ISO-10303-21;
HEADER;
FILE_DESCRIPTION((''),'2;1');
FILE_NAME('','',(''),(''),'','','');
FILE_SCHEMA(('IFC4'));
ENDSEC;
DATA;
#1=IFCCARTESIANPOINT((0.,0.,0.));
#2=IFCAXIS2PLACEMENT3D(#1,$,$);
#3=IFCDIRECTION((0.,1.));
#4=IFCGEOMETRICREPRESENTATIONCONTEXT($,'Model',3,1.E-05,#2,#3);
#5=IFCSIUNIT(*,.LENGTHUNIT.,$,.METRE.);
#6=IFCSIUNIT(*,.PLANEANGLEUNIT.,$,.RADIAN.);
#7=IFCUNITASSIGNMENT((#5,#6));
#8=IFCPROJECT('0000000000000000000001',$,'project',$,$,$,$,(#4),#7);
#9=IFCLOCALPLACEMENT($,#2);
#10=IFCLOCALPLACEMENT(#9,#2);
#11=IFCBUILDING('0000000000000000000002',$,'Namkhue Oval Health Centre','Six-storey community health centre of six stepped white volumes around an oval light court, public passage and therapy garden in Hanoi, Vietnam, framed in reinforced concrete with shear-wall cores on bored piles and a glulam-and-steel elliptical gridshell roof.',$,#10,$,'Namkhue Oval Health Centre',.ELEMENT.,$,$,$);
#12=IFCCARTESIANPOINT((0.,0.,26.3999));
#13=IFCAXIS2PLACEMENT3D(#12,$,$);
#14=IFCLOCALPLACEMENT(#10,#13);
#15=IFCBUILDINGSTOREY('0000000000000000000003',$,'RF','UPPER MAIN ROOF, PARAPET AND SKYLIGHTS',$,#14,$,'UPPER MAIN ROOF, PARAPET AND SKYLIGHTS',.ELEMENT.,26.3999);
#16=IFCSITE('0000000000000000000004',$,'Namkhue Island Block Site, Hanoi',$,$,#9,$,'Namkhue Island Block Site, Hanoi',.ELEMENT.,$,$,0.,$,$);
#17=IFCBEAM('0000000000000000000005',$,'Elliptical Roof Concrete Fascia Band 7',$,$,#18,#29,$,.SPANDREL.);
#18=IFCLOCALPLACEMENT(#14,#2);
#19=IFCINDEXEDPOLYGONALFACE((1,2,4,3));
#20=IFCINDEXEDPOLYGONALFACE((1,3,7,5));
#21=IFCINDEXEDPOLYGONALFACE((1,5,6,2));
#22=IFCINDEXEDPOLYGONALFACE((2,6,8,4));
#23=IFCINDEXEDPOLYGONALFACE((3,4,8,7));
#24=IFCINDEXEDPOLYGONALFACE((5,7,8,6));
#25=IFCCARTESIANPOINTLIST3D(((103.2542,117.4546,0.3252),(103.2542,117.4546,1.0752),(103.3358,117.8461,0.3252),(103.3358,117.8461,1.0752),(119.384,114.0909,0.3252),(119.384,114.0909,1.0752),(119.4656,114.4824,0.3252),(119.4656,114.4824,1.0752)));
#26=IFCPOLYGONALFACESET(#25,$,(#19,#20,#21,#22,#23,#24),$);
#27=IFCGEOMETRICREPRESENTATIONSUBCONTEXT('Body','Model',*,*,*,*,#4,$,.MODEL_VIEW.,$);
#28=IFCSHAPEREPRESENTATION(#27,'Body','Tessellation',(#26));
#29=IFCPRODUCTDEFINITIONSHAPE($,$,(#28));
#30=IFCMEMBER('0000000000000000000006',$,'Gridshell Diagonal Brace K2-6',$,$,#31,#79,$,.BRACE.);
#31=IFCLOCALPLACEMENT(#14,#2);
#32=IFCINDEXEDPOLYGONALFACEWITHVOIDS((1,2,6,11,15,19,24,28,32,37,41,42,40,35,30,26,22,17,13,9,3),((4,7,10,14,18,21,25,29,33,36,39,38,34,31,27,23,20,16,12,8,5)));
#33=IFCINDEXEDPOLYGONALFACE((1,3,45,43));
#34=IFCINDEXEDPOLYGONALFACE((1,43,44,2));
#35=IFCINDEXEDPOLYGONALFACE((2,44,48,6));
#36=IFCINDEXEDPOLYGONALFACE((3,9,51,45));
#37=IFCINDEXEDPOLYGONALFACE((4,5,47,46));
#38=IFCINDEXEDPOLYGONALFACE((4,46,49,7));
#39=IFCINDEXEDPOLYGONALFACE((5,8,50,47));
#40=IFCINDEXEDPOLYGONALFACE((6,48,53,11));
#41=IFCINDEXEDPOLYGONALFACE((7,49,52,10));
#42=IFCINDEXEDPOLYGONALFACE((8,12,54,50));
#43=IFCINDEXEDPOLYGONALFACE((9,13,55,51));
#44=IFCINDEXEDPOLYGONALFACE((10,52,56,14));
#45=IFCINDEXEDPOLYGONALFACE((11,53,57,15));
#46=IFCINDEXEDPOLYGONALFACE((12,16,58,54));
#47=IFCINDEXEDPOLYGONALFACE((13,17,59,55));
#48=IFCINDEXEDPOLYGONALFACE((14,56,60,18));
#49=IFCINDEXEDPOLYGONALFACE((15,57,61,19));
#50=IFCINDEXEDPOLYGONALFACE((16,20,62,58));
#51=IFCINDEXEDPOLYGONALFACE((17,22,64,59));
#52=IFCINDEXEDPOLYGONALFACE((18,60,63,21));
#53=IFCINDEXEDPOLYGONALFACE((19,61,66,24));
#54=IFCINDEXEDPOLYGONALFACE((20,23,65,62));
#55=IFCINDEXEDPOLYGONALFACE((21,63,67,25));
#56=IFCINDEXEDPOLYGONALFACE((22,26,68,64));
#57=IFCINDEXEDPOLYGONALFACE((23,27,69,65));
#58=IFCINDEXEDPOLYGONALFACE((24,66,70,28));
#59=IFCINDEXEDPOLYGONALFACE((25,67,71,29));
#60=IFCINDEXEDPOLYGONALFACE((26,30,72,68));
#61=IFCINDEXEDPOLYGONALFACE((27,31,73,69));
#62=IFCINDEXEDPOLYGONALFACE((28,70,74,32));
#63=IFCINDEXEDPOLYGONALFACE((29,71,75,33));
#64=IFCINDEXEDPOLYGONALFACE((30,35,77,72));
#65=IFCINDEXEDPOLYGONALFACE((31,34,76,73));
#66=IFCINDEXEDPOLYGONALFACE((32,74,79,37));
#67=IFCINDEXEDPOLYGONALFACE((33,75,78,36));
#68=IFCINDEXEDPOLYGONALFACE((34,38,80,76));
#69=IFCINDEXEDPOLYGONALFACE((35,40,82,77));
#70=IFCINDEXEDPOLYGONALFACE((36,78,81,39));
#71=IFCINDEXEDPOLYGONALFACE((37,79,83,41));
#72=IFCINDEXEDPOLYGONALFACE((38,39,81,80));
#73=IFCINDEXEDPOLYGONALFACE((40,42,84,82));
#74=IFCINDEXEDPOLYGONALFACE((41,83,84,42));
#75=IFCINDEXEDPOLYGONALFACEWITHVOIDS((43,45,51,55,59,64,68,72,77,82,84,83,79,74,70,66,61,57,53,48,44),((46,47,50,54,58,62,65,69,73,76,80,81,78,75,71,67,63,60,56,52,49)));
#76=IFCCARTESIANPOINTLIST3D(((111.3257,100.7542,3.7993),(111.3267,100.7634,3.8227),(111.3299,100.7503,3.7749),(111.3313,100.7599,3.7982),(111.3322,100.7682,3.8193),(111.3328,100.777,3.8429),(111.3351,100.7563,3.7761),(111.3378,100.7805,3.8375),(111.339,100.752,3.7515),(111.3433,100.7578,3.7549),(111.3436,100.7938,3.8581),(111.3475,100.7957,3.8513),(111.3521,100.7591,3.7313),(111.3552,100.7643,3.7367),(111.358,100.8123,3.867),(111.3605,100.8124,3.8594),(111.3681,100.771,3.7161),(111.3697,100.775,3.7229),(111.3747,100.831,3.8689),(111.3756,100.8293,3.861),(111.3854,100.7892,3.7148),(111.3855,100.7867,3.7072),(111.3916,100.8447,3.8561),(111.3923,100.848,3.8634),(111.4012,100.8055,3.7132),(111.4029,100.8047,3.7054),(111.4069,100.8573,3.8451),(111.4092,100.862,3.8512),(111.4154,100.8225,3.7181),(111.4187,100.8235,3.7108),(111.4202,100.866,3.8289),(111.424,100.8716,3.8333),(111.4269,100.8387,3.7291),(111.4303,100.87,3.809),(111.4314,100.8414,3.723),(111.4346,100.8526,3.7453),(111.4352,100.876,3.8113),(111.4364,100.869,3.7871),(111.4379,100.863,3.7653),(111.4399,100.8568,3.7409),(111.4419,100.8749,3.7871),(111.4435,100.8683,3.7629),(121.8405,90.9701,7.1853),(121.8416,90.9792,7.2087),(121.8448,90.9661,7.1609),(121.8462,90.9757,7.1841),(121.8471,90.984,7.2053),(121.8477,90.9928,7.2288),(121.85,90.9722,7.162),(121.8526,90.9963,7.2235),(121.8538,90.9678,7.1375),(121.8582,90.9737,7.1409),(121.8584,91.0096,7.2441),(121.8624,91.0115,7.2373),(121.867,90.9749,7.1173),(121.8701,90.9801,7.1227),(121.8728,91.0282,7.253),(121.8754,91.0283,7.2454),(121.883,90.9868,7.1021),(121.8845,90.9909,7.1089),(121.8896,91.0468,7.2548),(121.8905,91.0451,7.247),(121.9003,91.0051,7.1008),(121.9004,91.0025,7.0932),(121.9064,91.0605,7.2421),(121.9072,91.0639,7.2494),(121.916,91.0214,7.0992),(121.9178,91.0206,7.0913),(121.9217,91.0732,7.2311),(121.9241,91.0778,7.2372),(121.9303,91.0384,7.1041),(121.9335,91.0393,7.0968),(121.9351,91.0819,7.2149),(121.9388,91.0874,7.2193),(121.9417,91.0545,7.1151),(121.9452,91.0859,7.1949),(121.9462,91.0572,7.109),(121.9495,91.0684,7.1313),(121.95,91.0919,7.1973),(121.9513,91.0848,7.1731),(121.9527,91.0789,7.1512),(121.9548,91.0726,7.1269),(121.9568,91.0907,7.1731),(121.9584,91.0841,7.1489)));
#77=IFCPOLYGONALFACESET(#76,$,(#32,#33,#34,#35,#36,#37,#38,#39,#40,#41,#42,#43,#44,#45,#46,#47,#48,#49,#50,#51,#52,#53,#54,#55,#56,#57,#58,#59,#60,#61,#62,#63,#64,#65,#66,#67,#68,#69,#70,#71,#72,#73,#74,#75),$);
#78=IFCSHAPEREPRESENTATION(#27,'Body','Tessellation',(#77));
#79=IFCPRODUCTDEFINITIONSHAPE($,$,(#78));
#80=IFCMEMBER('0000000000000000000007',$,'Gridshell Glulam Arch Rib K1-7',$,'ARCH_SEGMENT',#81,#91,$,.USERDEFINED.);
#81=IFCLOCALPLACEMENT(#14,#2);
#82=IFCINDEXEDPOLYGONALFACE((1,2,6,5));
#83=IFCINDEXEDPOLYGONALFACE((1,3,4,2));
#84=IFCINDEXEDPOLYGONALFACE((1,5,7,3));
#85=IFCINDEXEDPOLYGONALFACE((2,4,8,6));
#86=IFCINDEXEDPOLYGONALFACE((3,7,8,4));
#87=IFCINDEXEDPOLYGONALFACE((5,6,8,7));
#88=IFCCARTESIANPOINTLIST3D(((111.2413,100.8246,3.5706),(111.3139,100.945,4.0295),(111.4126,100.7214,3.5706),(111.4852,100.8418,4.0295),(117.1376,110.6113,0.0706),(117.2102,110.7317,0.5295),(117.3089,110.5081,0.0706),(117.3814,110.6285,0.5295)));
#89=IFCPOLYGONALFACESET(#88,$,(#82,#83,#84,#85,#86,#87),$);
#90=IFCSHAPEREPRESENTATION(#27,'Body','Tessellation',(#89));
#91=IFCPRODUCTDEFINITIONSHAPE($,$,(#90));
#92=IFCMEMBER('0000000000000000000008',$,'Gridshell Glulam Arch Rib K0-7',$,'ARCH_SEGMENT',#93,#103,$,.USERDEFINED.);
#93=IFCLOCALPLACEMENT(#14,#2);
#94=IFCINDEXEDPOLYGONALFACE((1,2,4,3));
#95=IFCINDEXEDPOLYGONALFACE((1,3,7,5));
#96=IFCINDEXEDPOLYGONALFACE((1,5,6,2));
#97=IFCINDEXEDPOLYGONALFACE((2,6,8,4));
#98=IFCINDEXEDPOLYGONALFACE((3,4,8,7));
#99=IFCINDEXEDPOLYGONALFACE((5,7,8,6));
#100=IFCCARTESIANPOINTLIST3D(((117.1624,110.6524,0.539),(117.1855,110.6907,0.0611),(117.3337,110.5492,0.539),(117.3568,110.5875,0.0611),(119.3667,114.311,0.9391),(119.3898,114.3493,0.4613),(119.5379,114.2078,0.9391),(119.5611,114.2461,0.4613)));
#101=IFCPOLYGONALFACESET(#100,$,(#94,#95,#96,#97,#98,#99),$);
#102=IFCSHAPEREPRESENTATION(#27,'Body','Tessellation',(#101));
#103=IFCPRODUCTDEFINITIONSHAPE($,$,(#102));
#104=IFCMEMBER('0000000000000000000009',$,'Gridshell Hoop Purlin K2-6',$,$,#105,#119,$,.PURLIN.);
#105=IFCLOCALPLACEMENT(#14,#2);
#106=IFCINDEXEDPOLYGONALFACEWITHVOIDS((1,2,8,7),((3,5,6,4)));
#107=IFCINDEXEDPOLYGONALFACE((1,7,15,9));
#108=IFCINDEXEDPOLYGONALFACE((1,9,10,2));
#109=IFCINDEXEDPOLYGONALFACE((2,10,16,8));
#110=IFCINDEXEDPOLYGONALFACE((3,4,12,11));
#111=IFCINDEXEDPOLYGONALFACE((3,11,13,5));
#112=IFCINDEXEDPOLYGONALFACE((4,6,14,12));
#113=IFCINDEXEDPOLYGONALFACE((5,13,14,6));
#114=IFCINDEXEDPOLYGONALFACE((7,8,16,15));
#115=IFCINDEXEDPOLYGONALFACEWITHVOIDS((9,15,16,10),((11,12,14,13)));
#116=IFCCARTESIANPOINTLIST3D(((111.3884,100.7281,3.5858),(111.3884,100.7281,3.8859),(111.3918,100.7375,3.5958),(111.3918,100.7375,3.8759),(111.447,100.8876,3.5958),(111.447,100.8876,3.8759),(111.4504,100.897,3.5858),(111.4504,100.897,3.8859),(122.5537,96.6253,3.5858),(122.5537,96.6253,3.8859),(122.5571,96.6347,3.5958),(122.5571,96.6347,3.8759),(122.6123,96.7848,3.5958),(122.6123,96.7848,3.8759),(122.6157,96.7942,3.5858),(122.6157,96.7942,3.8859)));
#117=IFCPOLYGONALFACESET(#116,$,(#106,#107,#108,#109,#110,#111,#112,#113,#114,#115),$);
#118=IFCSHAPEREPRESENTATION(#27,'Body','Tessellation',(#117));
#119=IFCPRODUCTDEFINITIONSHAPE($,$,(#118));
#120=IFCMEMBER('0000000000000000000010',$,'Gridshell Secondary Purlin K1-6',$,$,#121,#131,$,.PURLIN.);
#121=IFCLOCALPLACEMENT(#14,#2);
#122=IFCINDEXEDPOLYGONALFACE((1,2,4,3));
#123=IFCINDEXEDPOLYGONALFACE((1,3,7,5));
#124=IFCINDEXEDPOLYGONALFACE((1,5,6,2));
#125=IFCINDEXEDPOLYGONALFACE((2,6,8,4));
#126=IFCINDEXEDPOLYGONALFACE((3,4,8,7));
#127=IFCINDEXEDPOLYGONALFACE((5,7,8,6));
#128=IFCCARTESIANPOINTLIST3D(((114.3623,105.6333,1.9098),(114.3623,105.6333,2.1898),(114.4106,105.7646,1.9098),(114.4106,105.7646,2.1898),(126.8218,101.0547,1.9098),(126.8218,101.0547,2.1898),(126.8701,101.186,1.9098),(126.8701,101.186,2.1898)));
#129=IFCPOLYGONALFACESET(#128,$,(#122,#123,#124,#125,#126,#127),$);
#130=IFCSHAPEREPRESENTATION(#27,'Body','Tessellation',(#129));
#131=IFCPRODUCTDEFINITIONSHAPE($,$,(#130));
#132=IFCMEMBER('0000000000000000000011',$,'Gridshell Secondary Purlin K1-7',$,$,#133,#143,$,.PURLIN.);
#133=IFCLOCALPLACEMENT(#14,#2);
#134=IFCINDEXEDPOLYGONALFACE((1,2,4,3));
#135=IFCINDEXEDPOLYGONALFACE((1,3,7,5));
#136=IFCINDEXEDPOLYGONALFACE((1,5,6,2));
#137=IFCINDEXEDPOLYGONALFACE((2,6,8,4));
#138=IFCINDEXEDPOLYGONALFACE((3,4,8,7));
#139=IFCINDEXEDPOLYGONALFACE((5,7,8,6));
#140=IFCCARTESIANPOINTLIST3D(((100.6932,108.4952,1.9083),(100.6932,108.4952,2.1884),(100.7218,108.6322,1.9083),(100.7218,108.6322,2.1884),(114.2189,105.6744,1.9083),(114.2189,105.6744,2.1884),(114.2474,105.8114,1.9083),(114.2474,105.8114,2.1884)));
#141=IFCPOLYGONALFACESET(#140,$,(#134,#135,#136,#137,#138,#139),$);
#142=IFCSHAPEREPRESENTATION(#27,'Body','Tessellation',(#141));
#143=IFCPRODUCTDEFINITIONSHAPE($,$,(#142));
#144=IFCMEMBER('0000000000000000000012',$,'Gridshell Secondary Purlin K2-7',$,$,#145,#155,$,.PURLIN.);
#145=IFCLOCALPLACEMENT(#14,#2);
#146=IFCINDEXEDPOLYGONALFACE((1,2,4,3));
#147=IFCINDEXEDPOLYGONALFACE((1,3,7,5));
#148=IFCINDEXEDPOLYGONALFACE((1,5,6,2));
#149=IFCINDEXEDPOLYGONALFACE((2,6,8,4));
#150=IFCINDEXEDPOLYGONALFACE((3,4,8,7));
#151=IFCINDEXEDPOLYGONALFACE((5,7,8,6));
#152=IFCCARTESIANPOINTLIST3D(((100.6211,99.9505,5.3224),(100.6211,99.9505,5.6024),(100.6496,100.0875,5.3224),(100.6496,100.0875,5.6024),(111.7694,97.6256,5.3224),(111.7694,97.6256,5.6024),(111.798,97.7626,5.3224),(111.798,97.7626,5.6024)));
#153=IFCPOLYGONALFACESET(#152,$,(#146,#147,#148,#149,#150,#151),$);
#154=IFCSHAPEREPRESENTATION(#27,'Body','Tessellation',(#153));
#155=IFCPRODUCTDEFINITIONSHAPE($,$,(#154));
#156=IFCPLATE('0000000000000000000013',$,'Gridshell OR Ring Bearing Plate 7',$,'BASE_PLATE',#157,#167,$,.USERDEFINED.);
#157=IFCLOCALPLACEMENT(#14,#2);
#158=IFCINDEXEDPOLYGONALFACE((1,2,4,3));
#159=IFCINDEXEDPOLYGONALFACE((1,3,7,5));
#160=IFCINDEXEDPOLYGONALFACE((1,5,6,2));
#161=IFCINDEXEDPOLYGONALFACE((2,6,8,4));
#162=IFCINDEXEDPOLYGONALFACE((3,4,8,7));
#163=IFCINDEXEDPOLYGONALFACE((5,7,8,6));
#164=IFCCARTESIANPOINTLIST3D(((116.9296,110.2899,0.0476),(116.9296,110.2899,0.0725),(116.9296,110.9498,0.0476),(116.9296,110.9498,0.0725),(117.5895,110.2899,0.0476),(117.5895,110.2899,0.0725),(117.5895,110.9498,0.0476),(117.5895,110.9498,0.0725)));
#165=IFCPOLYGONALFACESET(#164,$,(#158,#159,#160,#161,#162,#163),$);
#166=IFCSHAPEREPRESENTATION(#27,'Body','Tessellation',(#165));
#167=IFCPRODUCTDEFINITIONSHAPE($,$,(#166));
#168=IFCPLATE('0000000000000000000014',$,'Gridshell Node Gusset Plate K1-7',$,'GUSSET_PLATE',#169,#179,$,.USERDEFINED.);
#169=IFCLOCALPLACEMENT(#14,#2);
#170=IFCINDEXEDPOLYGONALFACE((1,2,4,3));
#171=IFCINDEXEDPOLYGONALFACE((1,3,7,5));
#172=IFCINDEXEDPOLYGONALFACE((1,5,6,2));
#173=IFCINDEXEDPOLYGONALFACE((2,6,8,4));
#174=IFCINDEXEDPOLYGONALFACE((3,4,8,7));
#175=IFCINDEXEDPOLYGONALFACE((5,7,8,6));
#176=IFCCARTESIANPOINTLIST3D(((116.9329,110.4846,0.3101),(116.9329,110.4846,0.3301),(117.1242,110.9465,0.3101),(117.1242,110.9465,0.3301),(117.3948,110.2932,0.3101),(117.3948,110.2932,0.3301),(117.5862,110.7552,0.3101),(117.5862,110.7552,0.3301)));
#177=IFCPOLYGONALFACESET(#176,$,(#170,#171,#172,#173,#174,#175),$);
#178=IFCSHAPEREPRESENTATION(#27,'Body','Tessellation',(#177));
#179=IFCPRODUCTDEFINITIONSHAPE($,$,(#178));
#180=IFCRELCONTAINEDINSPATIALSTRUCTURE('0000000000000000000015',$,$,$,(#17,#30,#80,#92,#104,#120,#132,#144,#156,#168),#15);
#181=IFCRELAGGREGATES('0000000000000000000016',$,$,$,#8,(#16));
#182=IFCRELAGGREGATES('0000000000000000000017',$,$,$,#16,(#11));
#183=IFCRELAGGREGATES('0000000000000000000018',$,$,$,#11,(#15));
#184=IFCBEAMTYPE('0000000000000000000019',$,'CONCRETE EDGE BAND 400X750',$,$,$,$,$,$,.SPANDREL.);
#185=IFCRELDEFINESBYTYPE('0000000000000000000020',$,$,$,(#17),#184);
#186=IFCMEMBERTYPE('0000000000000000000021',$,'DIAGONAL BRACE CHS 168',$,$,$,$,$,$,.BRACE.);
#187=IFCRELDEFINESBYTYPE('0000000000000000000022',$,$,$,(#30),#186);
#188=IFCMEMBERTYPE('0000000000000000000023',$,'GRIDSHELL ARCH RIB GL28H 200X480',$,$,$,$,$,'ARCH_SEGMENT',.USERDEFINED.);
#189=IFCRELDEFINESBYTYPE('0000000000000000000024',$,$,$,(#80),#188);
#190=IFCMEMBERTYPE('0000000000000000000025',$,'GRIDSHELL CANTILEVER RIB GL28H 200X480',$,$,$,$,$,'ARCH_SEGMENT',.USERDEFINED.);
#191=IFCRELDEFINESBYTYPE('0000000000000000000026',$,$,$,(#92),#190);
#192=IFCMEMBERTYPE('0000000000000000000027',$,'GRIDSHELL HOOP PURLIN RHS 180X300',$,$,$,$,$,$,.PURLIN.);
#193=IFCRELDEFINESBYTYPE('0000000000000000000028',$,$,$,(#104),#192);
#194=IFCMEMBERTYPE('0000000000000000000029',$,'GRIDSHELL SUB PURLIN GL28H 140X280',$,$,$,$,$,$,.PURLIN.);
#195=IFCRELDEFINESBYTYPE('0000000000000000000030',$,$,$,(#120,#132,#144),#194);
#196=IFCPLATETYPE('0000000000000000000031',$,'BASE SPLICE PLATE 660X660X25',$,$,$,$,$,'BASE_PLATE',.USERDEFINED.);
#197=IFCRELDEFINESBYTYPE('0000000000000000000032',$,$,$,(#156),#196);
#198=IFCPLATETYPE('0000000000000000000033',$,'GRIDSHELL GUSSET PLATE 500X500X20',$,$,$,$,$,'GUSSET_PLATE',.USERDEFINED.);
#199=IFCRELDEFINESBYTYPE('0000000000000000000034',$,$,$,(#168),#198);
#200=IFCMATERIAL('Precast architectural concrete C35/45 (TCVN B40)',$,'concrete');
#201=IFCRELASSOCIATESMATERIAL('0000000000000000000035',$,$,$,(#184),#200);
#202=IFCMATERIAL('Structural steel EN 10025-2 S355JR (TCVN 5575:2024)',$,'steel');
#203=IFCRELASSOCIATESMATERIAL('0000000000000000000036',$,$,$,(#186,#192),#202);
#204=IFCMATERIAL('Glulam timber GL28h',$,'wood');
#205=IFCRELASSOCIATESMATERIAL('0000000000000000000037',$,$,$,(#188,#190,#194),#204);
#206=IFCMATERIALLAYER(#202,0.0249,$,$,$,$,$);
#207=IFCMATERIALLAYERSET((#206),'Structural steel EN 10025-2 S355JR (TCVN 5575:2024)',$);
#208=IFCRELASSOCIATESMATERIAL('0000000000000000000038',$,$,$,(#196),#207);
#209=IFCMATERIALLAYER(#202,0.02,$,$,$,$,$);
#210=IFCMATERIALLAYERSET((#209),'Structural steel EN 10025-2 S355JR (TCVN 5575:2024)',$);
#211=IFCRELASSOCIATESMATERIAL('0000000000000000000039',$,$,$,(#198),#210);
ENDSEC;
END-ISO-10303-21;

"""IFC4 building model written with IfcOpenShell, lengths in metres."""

from ifc_helpers import new_model, si_unit, direction, frame, origin, origin_2d, place, context, subcontext, project, spatial, rectangle, hollow_rectangle, hollow_circle, extrude, material, layer, layer_set, material_profile, profile_set, type_object, element, save


model = new_model("IFC4")

# Units and contexts
model_context = context("Model", 3, precision=1e-05, world=origin(), true_north=direction((0.0, 1.0)))
body_context = subcontext(model_context, "Body", "Model", "MODEL_VIEW")
ifc_project = project(units=[si_unit("LENGTHUNIT", "METRE"), si_unit("PLANEANGLEUNIT", "RADIAN")], contexts=[model_context])

# Site, building, storey
site_placement = place(None, origin())
site = spatial("IfcSite", under=ifc_project, at=site_placement, Name="Namkhue Island Block Site, Hanoi", LongName="Namkhue Island Block Site, Hanoi", CompositionType="ELEMENT", RefElevation=0.0)
building_placement = place(site_placement, origin())
building = spatial("IfcBuilding", under=site, at=building_placement, Name="Namkhue Oval Health Centre", Description="Six-storey community health centre of six stepped white volumes around an oval light court, public passage and therapy garden in Hanoi, Vietnam, framed in reinforced concrete with shear-wall cores on bored piles and a glulam-and-steel elliptical gridshell roof.", LongName="Namkhue Oval Health Centre", CompositionType="ELEMENT")
storey_placement = place(building_placement, frame((0.0, 0.0, 26.3999)))
storey = spatial("IfcBuildingStorey", under=building, at=storey_placement, Name="RF", Description="UPPER MAIN ROOF, PARAPET AND SKYLIGHTS", LongName="UPPER MAIN ROOF, PARAPET AND SKYLIGHTS", CompositionType="ELEMENT", Elevation=26.3999)

# Beam
ifc_material_1 = material(Name="Precast architectural concrete C35/45 (TCVN B40)", Category="concrete")
ifc_material_profile_1 = material_profile(ifc_material_1, rectangle(XDim=0.3999, YDim=0.75, at=origin_2d()), Name="RC 400x750")
ifc_profile_set_1 = profile_set([ifc_material_profile_1], Name="Precast architectural concrete C35/45 (TCVN B40)")
beam_type = type_object("IfcBeamType", Name="CONCRETE EDGE BAND 400X750", PredefinedType="SPANDREL", material=ifc_profile_set_1)
beam_placement = place(storey_placement, frame((119.4248, 114.2866, 0.7002), z_axis=(-0.978939, 0.204151, 0.0), x_axis=(-0.204151, -0.978939, 0.0)))
element("IfcBeam", 1, at=beam_placement, inside=storey, type_object=beam_type, Name="Elliptical Roof Concrete Fascia Band 7", PredefinedType="SPANDREL", context=body_context, shape_type="SweptSolid", body=[
    extrude(rectangle(XDim=0.3999, YDim=0.75, at=origin_2d()), origin(), (0.0, 0.0, 1.0), 16.4768),
])

# Members
ifc_material_2 = material(Name="Structural steel EN 10025-2 S355JR (TCVN 5575:2024)", Category="steel")
ifc_material_profile_2 = material_profile(ifc_material_2, hollow_circle(Radius=0.0842, WallThickness=0.0081, at=origin_2d()), Name="CHS 168.3x8")
ifc_profile_set_2 = profile_set([ifc_material_profile_2], Name="Structural steel EN 10025-2 S355JR (TCVN 5575:2024)")
member_type_1 = type_object("IfcMemberType", Name="DIAGONAL BRACE CHS 168", PredefinedType="BRACE", material=ifc_profile_set_2)
member_1_placement = place(storey_placement, frame((111.3845, 100.8132, 3.7871), z_axis=(0.712554, -0.663036, 0.229455), x_axis=(0.681212, 0.732087, 0.0)))
element("IfcMember", 2, at=member_1_placement, inside=storey, type_object=member_type_1, Name="Gridshell Diagonal Brace K2-6", PredefinedType="BRACE", context=body_context, shape_type="SweptSolid", body=[
    extrude(hollow_circle(Radius=0.0842, WallThickness=0.0081, at=origin_2d()), origin(), (0.0, 0.0, 1.0), 14.7566),
])
ifc_material_3 = material(Name="Glulam timber GL28h", Category="wood")
ifc_material_profile_3 = material_profile(ifc_material_3, rectangle(XDim=0.2, YDim=0.48, at=origin_2d()), Name="GL28h 200x480")
ifc_profile_set_3 = profile_set([ifc_material_profile_3], Name="Glulam timber GL28h")
member_type_2 = type_object("IfcMemberType", Name="GRIDSHELL ARCH RIB GL28H 200X480", ElementType="ARCH_SEGMENT", PredefinedType="USERDEFINED", material=ifc_profile_set_3)
member_2_placement = place(storey_placement, frame((117.2595, 110.6199, 0.3), z_axis=(-0.493425, -0.81899, 0.292896), x_axis=(0.856554, -0.516057, 0.0)))
element("IfcMember", 3, at=member_2_placement, inside=storey, type_object=member_type_2, Name="Gridshell Glulam Arch Rib K1-7", ObjectType="ARCH_SEGMENT", PredefinedType="USERDEFINED", context=body_context, shape_type="SweptSolid", body=[
    extrude(rectangle(XDim=0.2, YDim=0.48, at=origin_2d()), origin(), (0.0, 0.0, 1.0), 11.9497),
])
ifc_material_profile_4 = material_profile(ifc_material_3, rectangle(XDim=0.2, YDim=0.48, at=origin_2d()), Name="GL28h 200x480")
ifc_profile_set_4 = profile_set([ifc_material_profile_4], Name="Glulam timber GL28h")
member_type_3 = type_object("IfcMemberType", Name="GRIDSHELL CANTILEVER RIB GL28H 200X480", ElementType="ARCH_SEGMENT", PredefinedType="USERDEFINED", material=ifc_profile_set_4)
member_3_placement = place(storey_placement, frame((119.4639, 114.2786, 0.7002), z_axis=(-0.513817, -0.852814, -0.093271), x_axis=(0.856548, -0.516067, 0.0)))
element("IfcMember", 4, at=member_3_placement, inside=storey, type_object=member_type_3, Name="Gridshell Glulam Arch Rib K0-7", ObjectType="ARCH_SEGMENT", PredefinedType="USERDEFINED", context=body_context, shape_type="SweptSolid", body=[
    extrude(rectangle(XDim=0.2, YDim=0.48, at=origin_2d()), origin(), (0.0, 0.0, 1.0), 4.29),
])
ifc_material_profile_5 = material_profile(ifc_material_2, hollow_rectangle(XDim=0.1799, YDim=0.3, WallThickness=0.01, at=origin_2d()), Name="RHS 180x300x10")
ifc_profile_set_5 = profile_set([ifc_material_profile_5], Name="Structural steel EN 10025-2 S355JR (TCVN 5575:2024)")
member_type_4 = type_object("IfcMemberType", Name="GRIDSHELL HOOP PURLIN RHS 180X300", PredefinedType="PURLIN", material=ifc_profile_set_5)
member_4_placement = place(storey_placement, frame((122.5847, 96.7097, 3.7358), z_axis=(-0.938636, 0.34491, 0.0), x_axis=(-0.34491, -0.938636, 0.0)))
element("IfcMember", 5, at=member_4_placement, inside=storey, type_object=member_type_4, Name="Gridshell Hoop Purlin K2-6", PredefinedType="PURLIN", context=body_context, shape_type="SweptSolid", body=[
    extrude(hollow_rectangle(XDim=0.1799, YDim=0.3, WallThickness=0.01, at=origin_2d()), origin(), (0.0, 0.0, 1.0), 11.8953),
])
ifc_material_profile_6 = material_profile(ifc_material_3, rectangle(XDim=0.1399, YDim=0.28, at=origin_2d()), Name="GL28h 140x280")
ifc_profile_set_6 = profile_set([ifc_material_profile_6], Name="Glulam timber GL28h")
member_type_5 = type_object("IfcMemberType", Name="GRIDSHELL SUB PURLIN GL28H 140X280", PredefinedType="PURLIN", material=ifc_profile_set_6)
member_5_placement = place(storey_placement, frame((126.8459, 101.1204, 2.0498), z_axis=(-0.938629, 0.344928, 0.0), x_axis=(-0.344928, -0.938629, 0.0)))
element("IfcMember", 6, at=member_5_placement, inside=storey, type_object=member_type_5, Name="Gridshell Secondary Purlin K1-6", PredefinedType="PURLIN", context=body_context, shape_type="SweptSolid", body=[
    extrude(rectangle(XDim=0.1399, YDim=0.28, at=origin_2d()), origin(), (0.0, 0.0, 1.0), 13.2742),
])
member_6_placement = place(storey_placement, frame((114.2332, 105.7429, 2.0483), z_axis=(-0.978938, 0.20416, 0.0), x_axis=(-0.20416, -0.978938, 0.0)))
element("IfcMember", 7, at=member_6_placement, inside=storey, type_object=member_type_5, Name="Gridshell Secondary Purlin K1-7", PredefinedType="PURLIN", context=body_context, shape_type="SweptSolid", body=[
    extrude(rectangle(XDim=0.1399, YDim=0.28, at=origin_2d()), origin(), (0.0, 0.0, 1.0), 13.8167),
])
member_7_placement = place(storey_placement, frame((111.7837, 97.6941, 5.4624), z_axis=(-0.978939, 0.204153, 0.0), x_axis=(-0.204153, -0.978939, 0.0)))
element("IfcMember", 8, at=member_7_placement, inside=storey, type_object=member_type_5, Name="Gridshell Secondary Purlin K2-7", PredefinedType="PURLIN", context=body_context, shape_type="SweptSolid", body=[
    extrude(rectangle(XDim=0.1399, YDim=0.28, at=origin_2d()), origin(), (0.0, 0.0, 1.0), 11.3882),
])

# Plates
ifc_layer_1 = layer(ifc_material_2, 0.0249)
ifc_layer_set_1 = layer_set([ifc_layer_1], Name="Structural steel EN 10025-2 S355JR (TCVN 5575:2024)")
plate_type_1 = type_object("IfcPlateType", Name="BASE SPLICE PLATE 660X660X25", ElementType="BASE_PLATE", PredefinedType="USERDEFINED", material=ifc_layer_set_1)
plate_1_placement = place(storey_placement, frame((117.2595, 110.6199, 0.0476), z_axis=(0.0, 0.0, 1.0), x_axis=(1.0, 0.0, 0.0)))
element("IfcPlate", 9, at=plate_1_placement, inside=storey, type_object=plate_type_1, Name="Gridshell OR Ring Bearing Plate 7", ObjectType="BASE_PLATE", PredefinedType="USERDEFINED", context=body_context, shape_type="SweptSolid", body=[
    extrude(rectangle(XDim=0.6599, YDim=0.6599, at=origin_2d()), origin(), (0.0, 0.0, 1.0), 0.0249),
])
ifc_layer_2 = layer(ifc_material_2, 0.02)
ifc_layer_set_2 = layer_set([ifc_layer_2], Name="Structural steel EN 10025-2 S355JR (TCVN 5575:2024)")
plate_type_2 = type_object("IfcPlateType", Name="GRIDSHELL GUSSET PLATE 500X500X20", ElementType="GUSSET_PLATE", PredefinedType="USERDEFINED", material=ifc_layer_set_2)
plate_2_placement = place(storey_placement, frame((117.2595, 110.6199, 0.3101), z_axis=(0.0, 0.0, 1.0), x_axis=(0.382683, 0.92388, 0.0)))
element("IfcPlate", 10, at=plate_2_placement, inside=storey, type_object=plate_type_2, Name="Gridshell Node Gusset Plate K1-7", ObjectType="GUSSET_PLATE", PredefinedType="USERDEFINED", context=body_context, shape_type="SweptSolid", body=[
    extrude(rectangle(XDim=0.5, YDim=0.5, at=origin_2d()), origin(), (0.0, 0.0, 1.0), 0.02),
])

save(model, "model.ifc")
